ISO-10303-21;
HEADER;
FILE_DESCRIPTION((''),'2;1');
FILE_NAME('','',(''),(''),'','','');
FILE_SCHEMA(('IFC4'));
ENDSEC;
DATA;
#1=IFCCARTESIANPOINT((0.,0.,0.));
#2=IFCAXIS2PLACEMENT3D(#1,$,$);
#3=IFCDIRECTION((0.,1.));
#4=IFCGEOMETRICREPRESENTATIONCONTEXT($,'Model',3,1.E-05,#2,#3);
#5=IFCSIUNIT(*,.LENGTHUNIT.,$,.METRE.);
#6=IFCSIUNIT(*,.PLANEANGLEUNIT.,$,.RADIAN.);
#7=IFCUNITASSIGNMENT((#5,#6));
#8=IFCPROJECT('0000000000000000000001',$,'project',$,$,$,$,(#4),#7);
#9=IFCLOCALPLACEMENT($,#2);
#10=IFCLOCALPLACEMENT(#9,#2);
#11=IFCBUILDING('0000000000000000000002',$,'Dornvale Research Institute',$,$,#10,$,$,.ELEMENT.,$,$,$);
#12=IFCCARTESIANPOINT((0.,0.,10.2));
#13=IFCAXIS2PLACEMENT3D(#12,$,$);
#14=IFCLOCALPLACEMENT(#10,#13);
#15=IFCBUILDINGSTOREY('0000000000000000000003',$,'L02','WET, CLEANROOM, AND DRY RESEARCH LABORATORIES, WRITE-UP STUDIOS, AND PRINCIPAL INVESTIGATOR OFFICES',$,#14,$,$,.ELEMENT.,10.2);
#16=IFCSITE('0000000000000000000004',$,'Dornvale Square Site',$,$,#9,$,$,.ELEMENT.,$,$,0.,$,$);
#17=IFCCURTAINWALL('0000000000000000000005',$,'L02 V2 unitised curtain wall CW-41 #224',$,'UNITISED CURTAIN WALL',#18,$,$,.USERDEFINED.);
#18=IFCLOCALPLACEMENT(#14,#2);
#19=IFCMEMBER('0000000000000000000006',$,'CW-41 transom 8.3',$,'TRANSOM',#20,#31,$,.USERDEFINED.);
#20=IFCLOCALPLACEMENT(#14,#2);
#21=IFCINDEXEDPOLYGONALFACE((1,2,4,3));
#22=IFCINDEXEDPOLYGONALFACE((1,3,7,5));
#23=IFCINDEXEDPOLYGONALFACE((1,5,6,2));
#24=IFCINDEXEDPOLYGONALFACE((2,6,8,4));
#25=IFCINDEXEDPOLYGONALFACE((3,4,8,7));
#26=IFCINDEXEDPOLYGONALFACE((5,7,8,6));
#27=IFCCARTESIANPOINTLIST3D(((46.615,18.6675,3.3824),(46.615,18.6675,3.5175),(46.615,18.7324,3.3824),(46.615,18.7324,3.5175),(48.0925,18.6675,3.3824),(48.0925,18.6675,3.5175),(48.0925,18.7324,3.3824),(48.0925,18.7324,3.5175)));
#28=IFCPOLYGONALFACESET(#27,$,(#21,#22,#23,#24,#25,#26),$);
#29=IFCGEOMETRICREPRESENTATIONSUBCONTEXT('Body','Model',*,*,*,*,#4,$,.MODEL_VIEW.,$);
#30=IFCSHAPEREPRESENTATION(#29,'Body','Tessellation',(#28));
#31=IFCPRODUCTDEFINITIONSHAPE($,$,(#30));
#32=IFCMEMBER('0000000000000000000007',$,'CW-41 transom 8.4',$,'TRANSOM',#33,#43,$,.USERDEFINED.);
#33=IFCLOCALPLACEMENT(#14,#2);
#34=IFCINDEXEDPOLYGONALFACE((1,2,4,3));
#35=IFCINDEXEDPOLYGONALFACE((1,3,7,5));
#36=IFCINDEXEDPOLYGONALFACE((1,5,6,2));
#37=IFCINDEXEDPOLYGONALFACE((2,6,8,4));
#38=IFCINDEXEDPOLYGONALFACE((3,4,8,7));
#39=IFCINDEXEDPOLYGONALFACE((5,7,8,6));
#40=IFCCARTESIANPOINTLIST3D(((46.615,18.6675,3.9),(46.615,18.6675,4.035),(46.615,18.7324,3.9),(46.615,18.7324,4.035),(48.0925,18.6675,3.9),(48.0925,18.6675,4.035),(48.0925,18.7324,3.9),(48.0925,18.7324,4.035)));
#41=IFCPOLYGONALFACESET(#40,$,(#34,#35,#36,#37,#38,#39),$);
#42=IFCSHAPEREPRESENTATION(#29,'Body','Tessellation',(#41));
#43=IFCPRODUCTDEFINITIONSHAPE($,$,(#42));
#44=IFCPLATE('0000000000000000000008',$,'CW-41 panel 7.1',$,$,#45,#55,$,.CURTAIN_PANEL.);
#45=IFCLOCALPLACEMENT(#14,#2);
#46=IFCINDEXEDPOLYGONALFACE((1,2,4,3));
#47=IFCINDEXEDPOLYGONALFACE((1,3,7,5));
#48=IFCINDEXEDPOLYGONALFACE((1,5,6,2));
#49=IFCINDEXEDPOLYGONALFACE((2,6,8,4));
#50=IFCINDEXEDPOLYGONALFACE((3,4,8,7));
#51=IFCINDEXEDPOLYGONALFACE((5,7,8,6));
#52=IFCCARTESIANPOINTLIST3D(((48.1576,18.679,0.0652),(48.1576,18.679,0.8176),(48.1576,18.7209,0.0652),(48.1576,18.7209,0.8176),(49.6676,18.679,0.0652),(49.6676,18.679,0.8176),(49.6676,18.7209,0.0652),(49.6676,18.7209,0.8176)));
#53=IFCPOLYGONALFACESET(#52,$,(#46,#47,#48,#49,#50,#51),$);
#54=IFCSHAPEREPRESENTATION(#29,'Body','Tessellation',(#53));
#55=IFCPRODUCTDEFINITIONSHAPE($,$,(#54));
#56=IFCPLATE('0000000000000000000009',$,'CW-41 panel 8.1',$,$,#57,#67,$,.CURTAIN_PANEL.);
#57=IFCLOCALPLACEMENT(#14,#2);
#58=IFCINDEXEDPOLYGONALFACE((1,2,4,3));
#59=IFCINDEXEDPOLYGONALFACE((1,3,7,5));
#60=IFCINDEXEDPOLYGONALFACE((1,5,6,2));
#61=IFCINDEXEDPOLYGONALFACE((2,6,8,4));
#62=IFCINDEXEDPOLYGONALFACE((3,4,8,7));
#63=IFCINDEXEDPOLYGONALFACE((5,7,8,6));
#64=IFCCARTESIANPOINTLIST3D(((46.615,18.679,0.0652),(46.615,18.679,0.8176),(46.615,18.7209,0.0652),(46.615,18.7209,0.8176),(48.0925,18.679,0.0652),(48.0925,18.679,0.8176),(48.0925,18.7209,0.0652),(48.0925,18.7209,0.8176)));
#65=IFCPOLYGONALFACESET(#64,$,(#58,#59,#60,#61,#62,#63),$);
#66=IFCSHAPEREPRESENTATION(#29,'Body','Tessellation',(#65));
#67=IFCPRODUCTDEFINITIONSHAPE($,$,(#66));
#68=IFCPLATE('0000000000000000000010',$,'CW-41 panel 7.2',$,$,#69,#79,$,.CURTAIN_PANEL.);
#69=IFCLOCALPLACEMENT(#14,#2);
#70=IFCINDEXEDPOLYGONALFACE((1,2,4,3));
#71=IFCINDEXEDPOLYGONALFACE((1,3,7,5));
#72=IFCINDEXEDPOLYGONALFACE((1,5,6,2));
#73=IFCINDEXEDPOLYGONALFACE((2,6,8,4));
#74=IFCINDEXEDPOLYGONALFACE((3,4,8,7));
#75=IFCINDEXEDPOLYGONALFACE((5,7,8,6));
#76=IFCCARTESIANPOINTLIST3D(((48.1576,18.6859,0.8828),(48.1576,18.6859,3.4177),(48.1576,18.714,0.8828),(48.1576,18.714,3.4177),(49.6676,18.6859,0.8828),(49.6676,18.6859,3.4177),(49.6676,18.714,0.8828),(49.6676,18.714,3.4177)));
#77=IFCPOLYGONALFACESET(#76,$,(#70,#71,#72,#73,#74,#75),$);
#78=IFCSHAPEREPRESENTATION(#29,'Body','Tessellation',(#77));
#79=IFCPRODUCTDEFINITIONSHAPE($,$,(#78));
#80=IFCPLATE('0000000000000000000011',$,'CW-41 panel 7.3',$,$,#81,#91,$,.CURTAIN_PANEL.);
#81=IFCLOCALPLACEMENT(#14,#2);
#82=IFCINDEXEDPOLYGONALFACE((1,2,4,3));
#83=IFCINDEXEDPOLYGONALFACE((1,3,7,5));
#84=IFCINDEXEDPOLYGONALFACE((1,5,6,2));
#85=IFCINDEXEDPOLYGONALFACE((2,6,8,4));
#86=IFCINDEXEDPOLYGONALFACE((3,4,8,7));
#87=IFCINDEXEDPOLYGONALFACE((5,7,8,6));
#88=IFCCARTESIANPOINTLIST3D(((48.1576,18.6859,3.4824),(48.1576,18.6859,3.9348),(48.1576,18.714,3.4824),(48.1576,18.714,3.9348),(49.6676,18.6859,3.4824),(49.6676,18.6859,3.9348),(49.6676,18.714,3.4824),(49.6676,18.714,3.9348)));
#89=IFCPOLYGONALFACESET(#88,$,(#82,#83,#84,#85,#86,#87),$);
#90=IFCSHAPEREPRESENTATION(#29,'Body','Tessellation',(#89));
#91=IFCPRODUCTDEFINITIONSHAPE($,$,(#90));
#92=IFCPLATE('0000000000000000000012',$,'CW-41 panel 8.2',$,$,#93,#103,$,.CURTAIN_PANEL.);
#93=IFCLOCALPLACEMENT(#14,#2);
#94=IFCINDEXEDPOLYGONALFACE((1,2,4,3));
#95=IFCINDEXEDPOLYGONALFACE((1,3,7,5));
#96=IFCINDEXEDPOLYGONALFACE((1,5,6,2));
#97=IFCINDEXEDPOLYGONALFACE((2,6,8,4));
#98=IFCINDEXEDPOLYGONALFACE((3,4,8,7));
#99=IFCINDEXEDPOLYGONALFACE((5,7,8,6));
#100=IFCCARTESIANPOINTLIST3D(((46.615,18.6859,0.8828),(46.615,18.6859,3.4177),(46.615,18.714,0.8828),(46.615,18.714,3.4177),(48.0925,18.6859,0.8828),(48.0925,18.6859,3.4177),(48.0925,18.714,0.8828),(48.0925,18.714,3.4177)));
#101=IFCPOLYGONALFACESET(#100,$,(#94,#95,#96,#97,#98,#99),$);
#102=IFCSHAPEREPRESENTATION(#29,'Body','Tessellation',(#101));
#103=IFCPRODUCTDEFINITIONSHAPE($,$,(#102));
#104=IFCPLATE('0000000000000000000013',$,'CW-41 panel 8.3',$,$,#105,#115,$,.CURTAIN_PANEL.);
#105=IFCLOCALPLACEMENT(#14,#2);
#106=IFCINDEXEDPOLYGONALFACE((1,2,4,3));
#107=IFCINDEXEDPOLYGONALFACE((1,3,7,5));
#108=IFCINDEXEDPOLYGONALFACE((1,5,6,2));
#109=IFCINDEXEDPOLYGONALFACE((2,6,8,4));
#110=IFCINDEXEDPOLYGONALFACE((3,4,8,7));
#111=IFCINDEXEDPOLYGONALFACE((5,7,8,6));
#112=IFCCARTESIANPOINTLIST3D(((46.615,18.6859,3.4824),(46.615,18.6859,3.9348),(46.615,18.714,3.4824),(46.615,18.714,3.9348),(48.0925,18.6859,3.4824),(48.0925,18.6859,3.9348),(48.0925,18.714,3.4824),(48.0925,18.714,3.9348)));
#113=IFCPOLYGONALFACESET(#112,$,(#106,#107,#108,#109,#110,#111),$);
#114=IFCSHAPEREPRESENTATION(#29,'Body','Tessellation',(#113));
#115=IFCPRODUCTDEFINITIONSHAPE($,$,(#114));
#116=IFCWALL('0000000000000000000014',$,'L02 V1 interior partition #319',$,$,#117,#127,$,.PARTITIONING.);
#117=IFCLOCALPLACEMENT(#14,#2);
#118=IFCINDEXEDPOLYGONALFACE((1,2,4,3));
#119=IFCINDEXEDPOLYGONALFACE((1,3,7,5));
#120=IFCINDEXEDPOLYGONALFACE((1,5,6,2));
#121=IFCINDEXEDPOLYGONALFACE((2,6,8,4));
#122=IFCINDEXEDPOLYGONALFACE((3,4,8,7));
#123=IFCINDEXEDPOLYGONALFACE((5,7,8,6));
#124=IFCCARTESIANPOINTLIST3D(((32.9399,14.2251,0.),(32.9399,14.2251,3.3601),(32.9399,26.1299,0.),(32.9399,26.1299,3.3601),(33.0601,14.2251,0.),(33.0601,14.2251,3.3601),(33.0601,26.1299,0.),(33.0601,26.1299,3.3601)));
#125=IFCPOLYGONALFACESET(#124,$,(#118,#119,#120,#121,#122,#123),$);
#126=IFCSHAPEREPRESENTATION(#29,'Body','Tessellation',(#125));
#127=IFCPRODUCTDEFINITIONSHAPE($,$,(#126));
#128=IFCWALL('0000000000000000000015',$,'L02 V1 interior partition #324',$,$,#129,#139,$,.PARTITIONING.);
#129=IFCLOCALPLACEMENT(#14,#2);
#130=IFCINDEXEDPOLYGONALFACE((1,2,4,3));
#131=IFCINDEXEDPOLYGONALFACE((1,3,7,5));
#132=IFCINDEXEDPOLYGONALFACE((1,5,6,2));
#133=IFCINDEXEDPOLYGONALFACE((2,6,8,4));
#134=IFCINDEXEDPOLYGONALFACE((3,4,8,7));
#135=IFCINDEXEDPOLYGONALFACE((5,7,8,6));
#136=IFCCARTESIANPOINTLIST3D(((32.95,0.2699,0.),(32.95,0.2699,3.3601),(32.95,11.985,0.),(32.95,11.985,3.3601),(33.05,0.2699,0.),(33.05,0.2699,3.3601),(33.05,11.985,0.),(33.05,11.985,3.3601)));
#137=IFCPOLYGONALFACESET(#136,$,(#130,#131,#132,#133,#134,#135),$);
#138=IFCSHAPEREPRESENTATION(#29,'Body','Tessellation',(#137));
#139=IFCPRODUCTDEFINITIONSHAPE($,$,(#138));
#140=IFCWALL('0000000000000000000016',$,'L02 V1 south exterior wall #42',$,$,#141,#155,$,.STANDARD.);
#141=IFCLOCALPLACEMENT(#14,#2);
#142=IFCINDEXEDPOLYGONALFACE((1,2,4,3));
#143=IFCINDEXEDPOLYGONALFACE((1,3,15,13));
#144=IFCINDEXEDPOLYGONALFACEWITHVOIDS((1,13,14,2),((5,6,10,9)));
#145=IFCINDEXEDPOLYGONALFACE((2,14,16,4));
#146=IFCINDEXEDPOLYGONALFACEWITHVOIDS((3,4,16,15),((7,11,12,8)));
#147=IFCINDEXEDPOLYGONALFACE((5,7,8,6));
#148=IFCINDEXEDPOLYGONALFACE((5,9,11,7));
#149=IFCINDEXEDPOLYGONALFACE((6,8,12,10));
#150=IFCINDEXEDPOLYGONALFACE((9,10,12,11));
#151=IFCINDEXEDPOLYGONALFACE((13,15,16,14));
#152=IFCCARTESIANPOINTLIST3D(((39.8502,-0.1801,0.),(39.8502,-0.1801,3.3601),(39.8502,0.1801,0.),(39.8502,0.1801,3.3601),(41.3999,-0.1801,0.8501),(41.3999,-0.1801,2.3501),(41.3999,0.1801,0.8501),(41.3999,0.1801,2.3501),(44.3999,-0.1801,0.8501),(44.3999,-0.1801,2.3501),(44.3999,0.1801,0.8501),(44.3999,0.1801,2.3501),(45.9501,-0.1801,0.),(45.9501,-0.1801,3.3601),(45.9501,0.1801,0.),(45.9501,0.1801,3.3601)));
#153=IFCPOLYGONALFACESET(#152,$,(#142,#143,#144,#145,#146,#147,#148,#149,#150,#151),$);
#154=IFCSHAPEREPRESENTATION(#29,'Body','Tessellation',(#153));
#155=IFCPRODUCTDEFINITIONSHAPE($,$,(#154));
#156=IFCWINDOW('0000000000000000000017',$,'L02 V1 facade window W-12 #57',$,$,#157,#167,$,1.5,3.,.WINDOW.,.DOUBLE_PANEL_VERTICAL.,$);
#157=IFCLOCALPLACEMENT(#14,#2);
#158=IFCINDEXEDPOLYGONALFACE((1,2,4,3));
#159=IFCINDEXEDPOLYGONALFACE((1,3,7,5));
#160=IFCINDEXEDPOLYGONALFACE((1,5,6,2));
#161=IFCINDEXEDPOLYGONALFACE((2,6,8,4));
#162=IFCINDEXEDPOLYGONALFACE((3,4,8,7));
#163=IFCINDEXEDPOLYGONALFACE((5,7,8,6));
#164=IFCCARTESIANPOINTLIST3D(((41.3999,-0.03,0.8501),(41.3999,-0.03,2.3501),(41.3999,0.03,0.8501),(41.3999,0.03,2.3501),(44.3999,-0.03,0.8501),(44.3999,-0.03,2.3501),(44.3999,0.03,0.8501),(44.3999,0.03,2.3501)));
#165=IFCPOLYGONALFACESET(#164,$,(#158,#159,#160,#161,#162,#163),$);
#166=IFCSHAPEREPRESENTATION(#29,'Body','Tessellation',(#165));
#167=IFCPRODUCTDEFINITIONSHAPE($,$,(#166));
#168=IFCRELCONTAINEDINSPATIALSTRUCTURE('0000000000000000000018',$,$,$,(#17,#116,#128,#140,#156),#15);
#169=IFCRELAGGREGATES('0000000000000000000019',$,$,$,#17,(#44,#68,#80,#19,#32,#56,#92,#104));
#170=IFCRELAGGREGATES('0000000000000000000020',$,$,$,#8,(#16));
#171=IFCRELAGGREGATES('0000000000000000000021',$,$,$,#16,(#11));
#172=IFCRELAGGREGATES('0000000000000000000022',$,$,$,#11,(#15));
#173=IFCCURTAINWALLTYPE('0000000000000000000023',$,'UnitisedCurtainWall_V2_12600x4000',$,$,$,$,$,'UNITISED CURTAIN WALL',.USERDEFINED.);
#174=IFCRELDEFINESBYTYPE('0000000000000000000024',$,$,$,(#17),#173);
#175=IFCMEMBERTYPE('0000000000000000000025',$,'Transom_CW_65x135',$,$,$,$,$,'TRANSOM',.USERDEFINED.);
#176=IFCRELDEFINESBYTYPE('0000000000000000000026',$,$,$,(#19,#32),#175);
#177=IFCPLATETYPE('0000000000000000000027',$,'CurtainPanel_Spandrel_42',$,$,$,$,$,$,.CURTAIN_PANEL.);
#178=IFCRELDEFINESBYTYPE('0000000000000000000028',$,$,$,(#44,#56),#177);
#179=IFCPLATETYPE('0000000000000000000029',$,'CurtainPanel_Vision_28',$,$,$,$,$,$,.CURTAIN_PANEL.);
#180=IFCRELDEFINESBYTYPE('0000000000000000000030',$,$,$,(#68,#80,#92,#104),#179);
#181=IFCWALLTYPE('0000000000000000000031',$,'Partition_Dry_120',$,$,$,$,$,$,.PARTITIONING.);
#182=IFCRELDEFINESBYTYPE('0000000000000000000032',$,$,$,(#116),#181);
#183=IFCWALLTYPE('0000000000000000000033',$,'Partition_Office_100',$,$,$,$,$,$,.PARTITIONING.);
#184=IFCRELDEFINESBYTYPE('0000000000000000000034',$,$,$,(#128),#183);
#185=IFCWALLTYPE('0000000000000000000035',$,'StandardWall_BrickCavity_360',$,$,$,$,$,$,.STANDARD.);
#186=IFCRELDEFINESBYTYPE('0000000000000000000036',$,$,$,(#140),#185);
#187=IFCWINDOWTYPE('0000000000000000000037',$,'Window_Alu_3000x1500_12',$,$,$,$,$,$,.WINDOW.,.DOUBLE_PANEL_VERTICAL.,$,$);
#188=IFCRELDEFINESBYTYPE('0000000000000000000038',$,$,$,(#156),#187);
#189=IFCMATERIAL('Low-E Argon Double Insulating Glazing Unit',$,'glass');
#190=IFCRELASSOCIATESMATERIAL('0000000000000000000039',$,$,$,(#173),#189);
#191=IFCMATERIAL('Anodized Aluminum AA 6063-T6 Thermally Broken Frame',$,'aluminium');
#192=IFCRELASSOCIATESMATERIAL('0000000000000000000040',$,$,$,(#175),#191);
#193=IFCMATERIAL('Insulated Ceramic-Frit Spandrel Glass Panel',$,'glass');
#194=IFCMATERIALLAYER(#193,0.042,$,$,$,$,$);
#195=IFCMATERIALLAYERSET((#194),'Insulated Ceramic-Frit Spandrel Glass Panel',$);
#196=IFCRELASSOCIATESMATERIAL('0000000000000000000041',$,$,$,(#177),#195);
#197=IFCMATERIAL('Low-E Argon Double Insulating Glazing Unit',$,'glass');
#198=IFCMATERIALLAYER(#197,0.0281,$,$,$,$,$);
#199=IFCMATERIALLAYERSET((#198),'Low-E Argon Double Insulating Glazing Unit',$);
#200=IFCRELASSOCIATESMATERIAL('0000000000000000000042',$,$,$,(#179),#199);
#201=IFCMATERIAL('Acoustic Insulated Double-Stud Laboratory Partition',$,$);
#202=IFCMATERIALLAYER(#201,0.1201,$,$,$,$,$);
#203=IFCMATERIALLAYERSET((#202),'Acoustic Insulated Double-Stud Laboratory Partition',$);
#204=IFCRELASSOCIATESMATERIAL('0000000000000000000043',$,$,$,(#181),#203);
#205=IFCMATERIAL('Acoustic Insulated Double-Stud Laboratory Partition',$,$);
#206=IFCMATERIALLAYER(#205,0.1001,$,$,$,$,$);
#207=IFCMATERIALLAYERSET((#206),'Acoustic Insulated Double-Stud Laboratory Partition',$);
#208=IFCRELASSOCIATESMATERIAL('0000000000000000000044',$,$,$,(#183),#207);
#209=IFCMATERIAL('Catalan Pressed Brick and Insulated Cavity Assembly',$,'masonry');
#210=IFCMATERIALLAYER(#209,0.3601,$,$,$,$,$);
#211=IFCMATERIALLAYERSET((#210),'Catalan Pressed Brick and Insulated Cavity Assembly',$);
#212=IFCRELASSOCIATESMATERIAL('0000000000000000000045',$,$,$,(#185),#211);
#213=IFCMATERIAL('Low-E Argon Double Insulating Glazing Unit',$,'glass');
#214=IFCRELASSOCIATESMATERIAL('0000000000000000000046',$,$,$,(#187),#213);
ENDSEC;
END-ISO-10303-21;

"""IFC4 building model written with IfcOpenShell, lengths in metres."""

from ifc_helpers import new_model, si_unit, direction, frame, frame_2d, origin, origin_2d, place, context, subcontext, project, spatial, rectangle, extrude, material, layer, layer_set, material_profile, profile_set, type_object, element, fill, aggregate, save


model = new_model("IFC4")

# Units and contexts
model_context = context("Model", 3, precision=1e-05, world=origin(), true_north=direction((0.0, 1.0)))
body_context = subcontext(model_context, "Body", "Model", "MODEL_VIEW")
ifc_project = project(units=[si_unit("LENGTHUNIT", "METRE"), si_unit("PLANEANGLEUNIT", "RADIAN")], contexts=[model_context])

# Site, building, storey
site_placement = place(None, origin())
site = spatial("IfcSite", under=ifc_project, at=site_placement, Name="Dornvale Square Site", CompositionType="ELEMENT", RefElevation=0.0)
building_placement = place(site_placement, origin())
building = spatial("IfcBuilding", under=site, at=building_placement, Name="Dornvale Research Institute", CompositionType="ELEMENT")
storey_placement = place(building_placement, frame((0.0, 0.0, 10.2)))
storey = spatial("IfcBuildingStorey", under=building, at=storey_placement, Name="L02", Description="WET, CLEANROOM, AND DRY RESEARCH LABORATORIES, WRITE-UP STUDIOS, AND PRINCIPAL INVESTIGATOR OFFICES", CompositionType="ELEMENT", Elevation=10.2)

# Curtain wall
ifc_material_1 = material(Name="Low-E Argon Double Insulating Glazing Unit", Category="glass")
curtain_wall_type = type_object("IfcCurtainWallType", Name="UnitisedCurtainWall_V2_12600x4000", ElementType="UNITISED CURTAIN WALL", PredefinedType="USERDEFINED", material=ifc_material_1)
curtain_wall_placement = place(storey_placement, origin())
curtain_wall = element("IfcCurtainWall", 1, at=curtain_wall_placement, inside=storey, type_object=curtain_wall_type, Name="L02 V2 unitised curtain wall CW-41 #224", ObjectType="UNITISED CURTAIN WALL", PredefinedType="USERDEFINED")

# Members
ifc_material_2 = material(Name="Anodized Aluminum AA 6063-T6 Thermally Broken Frame", Category="aluminium")
ifc_material_profile_1 = material_profile(ifc_material_2, rectangle(XDim=0.0649, YDim=0.135, at=origin_2d()), Name="ALU TRANSOM 65x135")
ifc_profile_set_1 = profile_set([ifc_material_profile_1], Name="Anodized Aluminum AA 6063-T6 Thermally Broken Frame")
member_type_1 = type_object("IfcMemberType", Name="Transom_CW_65x135", ElementType="TRANSOM", PredefinedType="USERDEFINED", material=ifc_profile_set_1)
member_1_placement = place(storey_placement, frame((48.0925, 18.7, 3.45), z_axis=(-1.0, 0.0, 0.0), x_axis=(0.0, -1.0, 0.0)))
member_1 = element("IfcMember", 2, at=member_1_placement, type_object=member_type_1, Name="CW-41 transom 8.3", ObjectType="TRANSOM", PredefinedType="USERDEFINED", context=body_context, shape_type="SweptSolid", body=[
    extrude(rectangle(XDim=0.0649, YDim=0.135, at=origin_2d()), origin(), (0.0, 0.0, 1.0), 1.4775),
])
member_2_placement = place(storey_placement, frame((48.0925, 18.7, 3.9675), z_axis=(-1.0, 0.0, 0.0), x_axis=(0.0, -1.0, 0.0)))
member_2 = element("IfcMember", 3, at=member_2_placement, type_object=member_type_1, Name="CW-41 transom 8.4", ObjectType="TRANSOM", PredefinedType="USERDEFINED", context=body_context, shape_type="SweptSolid", body=[
    extrude(rectangle(XDim=0.0649, YDim=0.135, at=origin_2d()), origin(), (0.0, 0.0, 1.0), 1.4775),
])

# Plates
ifc_material_3 = material(Name="Insulated Ceramic-Frit Spandrel Glass Panel", Category="glass")
ifc_layer_1 = layer(ifc_material_3, 0.042)
ifc_layer_set_1 = layer_set([ifc_layer_1], Name="Insulated Ceramic-Frit Spandrel Glass Panel")
plate_type_1 = type_object("IfcPlateType", Name="CurtainPanel_Spandrel_42", PredefinedType="CURTAIN_PANEL", material=ifc_layer_set_1)
plate_1_placement = place(storey_placement, frame((48.9126, 18.7, 0.0652), z_axis=(0.0, 0.0, 1.0), x_axis=(-1.0, 0.0, 0.0)))
plate_1 = element("IfcPlate", 4, at=plate_1_placement, type_object=plate_type_1, Name="CW-41 panel 7.1", PredefinedType="CURTAIN_PANEL", context=body_context, shape_type="SweptSolid", body=[
    extrude(rectangle(XDim=1.51, YDim=0.042, at=origin_2d()), origin(), (0.0, 0.0, 1.0), 0.7524),
])
plate_2_placement = place(storey_placement, frame((47.3538, 18.7, 0.0652), z_axis=(0.0, 0.0, 1.0), x_axis=(-1.0, 0.0, 0.0)))
plate_2 = element("IfcPlate", 5, at=plate_2_placement, type_object=plate_type_1, Name="CW-41 panel 8.1", PredefinedType="CURTAIN_PANEL", context=body_context, shape_type="SweptSolid", body=[
    extrude(rectangle(XDim=1.4775, YDim=0.042, at=origin_2d()), origin(), (0.0, 0.0, 1.0), 0.7524),
])
ifc_material_4 = material(Name="Low-E Argon Double Insulating Glazing Unit", Category="glass")
ifc_layer_2 = layer(ifc_material_4, 0.0281)
ifc_layer_set_2 = layer_set([ifc_layer_2], Name="Low-E Argon Double Insulating Glazing Unit")
plate_type_2 = type_object("IfcPlateType", Name="CurtainPanel_Vision_28", PredefinedType="CURTAIN_PANEL", material=ifc_layer_set_2)
plate_3_placement = place(storey_placement, frame((48.9126, 18.7, 0.8828), z_axis=(0.0, 0.0, 1.0), x_axis=(-1.0, 0.0, 0.0)))
plate_3 = element("IfcPlate", 6, at=plate_3_placement, type_object=plate_type_2, Name="CW-41 panel 7.2", PredefinedType="CURTAIN_PANEL", context=body_context, shape_type="SweptSolid", body=[
    extrude(rectangle(XDim=1.51, YDim=0.0281, at=origin_2d()), origin(), (0.0, 0.0, 1.0), 2.5349),
])
plate_4_placement = place(storey_placement, frame((48.9126, 18.7, 3.4824), z_axis=(0.0, 0.0, 1.0), x_axis=(-1.0, 0.0, 0.0)))
plate_4 = element("IfcPlate", 7, at=plate_4_placement, type_object=plate_type_2, Name="CW-41 panel 7.3", PredefinedType="CURTAIN_PANEL", context=body_context, shape_type="SweptSolid", body=[
    extrude(rectangle(XDim=1.51, YDim=0.0281, at=origin_2d()), origin(), (0.0, 0.0, 1.0), 0.4524),
])
plate_5_placement = place(storey_placement, frame((47.3538, 18.7, 0.8828), z_axis=(0.0, 0.0, 1.0), x_axis=(-1.0, 0.0, 0.0)))
plate_5 = element("IfcPlate", 8, at=plate_5_placement, type_object=plate_type_2, Name="CW-41 panel 8.2", PredefinedType="CURTAIN_PANEL", context=body_context, shape_type="SweptSolid", body=[
    extrude(rectangle(XDim=1.4775, YDim=0.0281, at=origin_2d()), origin(), (0.0, 0.0, 1.0), 2.5349),
])
plate_6_placement = place(storey_placement, frame((47.3538, 18.7, 3.4824), z_axis=(0.0, 0.0, 1.0), x_axis=(-1.0, 0.0, 0.0)))
plate_6 = element("IfcPlate", 9, at=plate_6_placement, type_object=plate_type_2, Name="CW-41 panel 8.3", PredefinedType="CURTAIN_PANEL", context=body_context, shape_type="SweptSolid", body=[
    extrude(rectangle(XDim=1.4775, YDim=0.0281, at=origin_2d()), origin(), (0.0, 0.0, 1.0), 0.4524),
])
aggregate(curtain_wall, [plate_1, plate_3, plate_4, member_1, member_2, plate_2, plate_5, plate_6])

# Walls
ifc_material_5 = material(Name="Acoustic Insulated Double-Stud Laboratory Partition")
ifc_layer_3 = layer(ifc_material_5, 0.1201)
ifc_layer_set_3 = layer_set([ifc_layer_3], Name="Acoustic Insulated Double-Stud Laboratory Partition")
wall_type_1 = type_object("IfcWallType", Name="Partition_Dry_120", PredefinedType="PARTITIONING", material=ifc_layer_set_3)
wall_1_placement = place(storey_placement, frame((33.0, 14.2251, 0.0), z_axis=(0.0, 0.0, 1.0), x_axis=(0.0, 1.0, 0.0)))
element("IfcWall", 10, at=wall_1_placement, inside=storey, type_object=wall_type_1, Name="L02 V1 interior partition #319", PredefinedType="PARTITIONING", context=body_context, shape_type="SweptSolid", body=[
    extrude(rectangle(XDim=11.9048, YDim=0.1201, at=frame_2d((5.9524, 0.0))), origin(), (0.0, 0.0, 1.0), 3.3601),
])
ifc_material_6 = material(Name="Acoustic Insulated Double-Stud Laboratory Partition")
ifc_layer_4 = layer(ifc_material_6, 0.1001)
ifc_layer_set_4 = layer_set([ifc_layer_4], Name="Acoustic Insulated Double-Stud Laboratory Partition")
wall_type_2 = type_object("IfcWallType", Name="Partition_Office_100", PredefinedType="PARTITIONING", material=ifc_layer_set_4)
wall_2_placement = place(storey_placement, frame((33.0, 0.27, 0.0), z_axis=(0.0, 0.0, 1.0), x_axis=(0.0, 1.0, 0.0)))
element("IfcWall", 11, at=wall_2_placement, inside=storey, type_object=wall_type_2, Name="L02 V1 interior partition #324", PredefinedType="PARTITIONING", context=body_context, shape_type="SweptSolid", body=[
    extrude(rectangle(XDim=11.7151, YDim=0.1001, at=frame_2d((5.8574, 0.0))), origin(), (0.0, 0.0, 1.0), 3.3601),
])

# Wall, opening, window
ifc_material_7 = material(Name="Catalan Pressed Brick and Insulated Cavity Assembly", Category="masonry")
ifc_layer_5 = layer(ifc_material_7, 0.3601)
ifc_layer_set_5 = layer_set([ifc_layer_5], Name="Catalan Pressed Brick and Insulated Cavity Assembly")
wall_type_3 = type_object("IfcWallType", Name="StandardWall_BrickCavity_360", PredefinedType="STANDARD", material=ifc_layer_set_5)
wall_3_placement = place(storey_placement, frame((45.95, 0.0, 0.0), z_axis=(0.0, 0.0, 1.0), x_axis=(-1.0, 0.0, 0.0)))
wall_3 = element("IfcWall", 12, at=wall_3_placement, inside=storey, type_object=wall_type_3, Name="L02 V1 south exterior wall #42", PredefinedType="STANDARD", context=body_context, shape_type="SweptSolid", body=[
    extrude(rectangle(XDim=6.0999, YDim=0.3601, at=frame_2d((3.0498, 0.0))), origin(), (0.0, 0.0, 1.0), 3.3601),
])
opening_1_placement = place(wall_3_placement, frame((1.55, 0.0, 0.8501)))
opening_1 = element("IfcOpeningElement", 13, at=opening_1_placement, cuts=wall_3, PredefinedType="OPENING", context=body_context, shape_type="SweptSolid", body=[
    extrude(rectangle(XDim=3.0, YDim=1.5, at=frame_2d((1.5, 0.75))), frame((0.0, 0.1951, 0.0), z_axis=(0.0, -1.0, 0.0), x_axis=(1.0, 0.0, 0.0)), (0.0, 0.0, 1.0), 0.3901),
])
ifc_material_8 = material(Name="Low-E Argon Double Insulating Glazing Unit", Category="glass")
window_type = type_object("IfcWindowType", Name="Window_Alu_3000x1500_12", PartitioningType="DOUBLE_PANEL_VERTICAL", PredefinedType="WINDOW", material=ifc_material_8)
window_1_placement = place(opening_1_placement, origin())
window_1 = element("IfcWindow", 14, at=window_1_placement, inside=storey, type_object=window_type, Name="L02 V1 facade window W-12 #57", OverallHeight=1.5, OverallWidth=3.0, PartitioningType="DOUBLE_PANEL_VERTICAL", PredefinedType="WINDOW", context=body_context, shape_type="SweptSolid", body=[
    extrude(rectangle(XDim=3.0, YDim=1.5, at=frame_2d((1.5, 0.75))), frame((0.0, 0.03, 0.0), z_axis=(0.0, -1.0, 0.0), x_axis=(1.0, 0.0, 0.0)), (0.0, 0.0, 1.0), 0.0601),
])
fill(opening_1, window_1)

save(model, "model.ifc")
